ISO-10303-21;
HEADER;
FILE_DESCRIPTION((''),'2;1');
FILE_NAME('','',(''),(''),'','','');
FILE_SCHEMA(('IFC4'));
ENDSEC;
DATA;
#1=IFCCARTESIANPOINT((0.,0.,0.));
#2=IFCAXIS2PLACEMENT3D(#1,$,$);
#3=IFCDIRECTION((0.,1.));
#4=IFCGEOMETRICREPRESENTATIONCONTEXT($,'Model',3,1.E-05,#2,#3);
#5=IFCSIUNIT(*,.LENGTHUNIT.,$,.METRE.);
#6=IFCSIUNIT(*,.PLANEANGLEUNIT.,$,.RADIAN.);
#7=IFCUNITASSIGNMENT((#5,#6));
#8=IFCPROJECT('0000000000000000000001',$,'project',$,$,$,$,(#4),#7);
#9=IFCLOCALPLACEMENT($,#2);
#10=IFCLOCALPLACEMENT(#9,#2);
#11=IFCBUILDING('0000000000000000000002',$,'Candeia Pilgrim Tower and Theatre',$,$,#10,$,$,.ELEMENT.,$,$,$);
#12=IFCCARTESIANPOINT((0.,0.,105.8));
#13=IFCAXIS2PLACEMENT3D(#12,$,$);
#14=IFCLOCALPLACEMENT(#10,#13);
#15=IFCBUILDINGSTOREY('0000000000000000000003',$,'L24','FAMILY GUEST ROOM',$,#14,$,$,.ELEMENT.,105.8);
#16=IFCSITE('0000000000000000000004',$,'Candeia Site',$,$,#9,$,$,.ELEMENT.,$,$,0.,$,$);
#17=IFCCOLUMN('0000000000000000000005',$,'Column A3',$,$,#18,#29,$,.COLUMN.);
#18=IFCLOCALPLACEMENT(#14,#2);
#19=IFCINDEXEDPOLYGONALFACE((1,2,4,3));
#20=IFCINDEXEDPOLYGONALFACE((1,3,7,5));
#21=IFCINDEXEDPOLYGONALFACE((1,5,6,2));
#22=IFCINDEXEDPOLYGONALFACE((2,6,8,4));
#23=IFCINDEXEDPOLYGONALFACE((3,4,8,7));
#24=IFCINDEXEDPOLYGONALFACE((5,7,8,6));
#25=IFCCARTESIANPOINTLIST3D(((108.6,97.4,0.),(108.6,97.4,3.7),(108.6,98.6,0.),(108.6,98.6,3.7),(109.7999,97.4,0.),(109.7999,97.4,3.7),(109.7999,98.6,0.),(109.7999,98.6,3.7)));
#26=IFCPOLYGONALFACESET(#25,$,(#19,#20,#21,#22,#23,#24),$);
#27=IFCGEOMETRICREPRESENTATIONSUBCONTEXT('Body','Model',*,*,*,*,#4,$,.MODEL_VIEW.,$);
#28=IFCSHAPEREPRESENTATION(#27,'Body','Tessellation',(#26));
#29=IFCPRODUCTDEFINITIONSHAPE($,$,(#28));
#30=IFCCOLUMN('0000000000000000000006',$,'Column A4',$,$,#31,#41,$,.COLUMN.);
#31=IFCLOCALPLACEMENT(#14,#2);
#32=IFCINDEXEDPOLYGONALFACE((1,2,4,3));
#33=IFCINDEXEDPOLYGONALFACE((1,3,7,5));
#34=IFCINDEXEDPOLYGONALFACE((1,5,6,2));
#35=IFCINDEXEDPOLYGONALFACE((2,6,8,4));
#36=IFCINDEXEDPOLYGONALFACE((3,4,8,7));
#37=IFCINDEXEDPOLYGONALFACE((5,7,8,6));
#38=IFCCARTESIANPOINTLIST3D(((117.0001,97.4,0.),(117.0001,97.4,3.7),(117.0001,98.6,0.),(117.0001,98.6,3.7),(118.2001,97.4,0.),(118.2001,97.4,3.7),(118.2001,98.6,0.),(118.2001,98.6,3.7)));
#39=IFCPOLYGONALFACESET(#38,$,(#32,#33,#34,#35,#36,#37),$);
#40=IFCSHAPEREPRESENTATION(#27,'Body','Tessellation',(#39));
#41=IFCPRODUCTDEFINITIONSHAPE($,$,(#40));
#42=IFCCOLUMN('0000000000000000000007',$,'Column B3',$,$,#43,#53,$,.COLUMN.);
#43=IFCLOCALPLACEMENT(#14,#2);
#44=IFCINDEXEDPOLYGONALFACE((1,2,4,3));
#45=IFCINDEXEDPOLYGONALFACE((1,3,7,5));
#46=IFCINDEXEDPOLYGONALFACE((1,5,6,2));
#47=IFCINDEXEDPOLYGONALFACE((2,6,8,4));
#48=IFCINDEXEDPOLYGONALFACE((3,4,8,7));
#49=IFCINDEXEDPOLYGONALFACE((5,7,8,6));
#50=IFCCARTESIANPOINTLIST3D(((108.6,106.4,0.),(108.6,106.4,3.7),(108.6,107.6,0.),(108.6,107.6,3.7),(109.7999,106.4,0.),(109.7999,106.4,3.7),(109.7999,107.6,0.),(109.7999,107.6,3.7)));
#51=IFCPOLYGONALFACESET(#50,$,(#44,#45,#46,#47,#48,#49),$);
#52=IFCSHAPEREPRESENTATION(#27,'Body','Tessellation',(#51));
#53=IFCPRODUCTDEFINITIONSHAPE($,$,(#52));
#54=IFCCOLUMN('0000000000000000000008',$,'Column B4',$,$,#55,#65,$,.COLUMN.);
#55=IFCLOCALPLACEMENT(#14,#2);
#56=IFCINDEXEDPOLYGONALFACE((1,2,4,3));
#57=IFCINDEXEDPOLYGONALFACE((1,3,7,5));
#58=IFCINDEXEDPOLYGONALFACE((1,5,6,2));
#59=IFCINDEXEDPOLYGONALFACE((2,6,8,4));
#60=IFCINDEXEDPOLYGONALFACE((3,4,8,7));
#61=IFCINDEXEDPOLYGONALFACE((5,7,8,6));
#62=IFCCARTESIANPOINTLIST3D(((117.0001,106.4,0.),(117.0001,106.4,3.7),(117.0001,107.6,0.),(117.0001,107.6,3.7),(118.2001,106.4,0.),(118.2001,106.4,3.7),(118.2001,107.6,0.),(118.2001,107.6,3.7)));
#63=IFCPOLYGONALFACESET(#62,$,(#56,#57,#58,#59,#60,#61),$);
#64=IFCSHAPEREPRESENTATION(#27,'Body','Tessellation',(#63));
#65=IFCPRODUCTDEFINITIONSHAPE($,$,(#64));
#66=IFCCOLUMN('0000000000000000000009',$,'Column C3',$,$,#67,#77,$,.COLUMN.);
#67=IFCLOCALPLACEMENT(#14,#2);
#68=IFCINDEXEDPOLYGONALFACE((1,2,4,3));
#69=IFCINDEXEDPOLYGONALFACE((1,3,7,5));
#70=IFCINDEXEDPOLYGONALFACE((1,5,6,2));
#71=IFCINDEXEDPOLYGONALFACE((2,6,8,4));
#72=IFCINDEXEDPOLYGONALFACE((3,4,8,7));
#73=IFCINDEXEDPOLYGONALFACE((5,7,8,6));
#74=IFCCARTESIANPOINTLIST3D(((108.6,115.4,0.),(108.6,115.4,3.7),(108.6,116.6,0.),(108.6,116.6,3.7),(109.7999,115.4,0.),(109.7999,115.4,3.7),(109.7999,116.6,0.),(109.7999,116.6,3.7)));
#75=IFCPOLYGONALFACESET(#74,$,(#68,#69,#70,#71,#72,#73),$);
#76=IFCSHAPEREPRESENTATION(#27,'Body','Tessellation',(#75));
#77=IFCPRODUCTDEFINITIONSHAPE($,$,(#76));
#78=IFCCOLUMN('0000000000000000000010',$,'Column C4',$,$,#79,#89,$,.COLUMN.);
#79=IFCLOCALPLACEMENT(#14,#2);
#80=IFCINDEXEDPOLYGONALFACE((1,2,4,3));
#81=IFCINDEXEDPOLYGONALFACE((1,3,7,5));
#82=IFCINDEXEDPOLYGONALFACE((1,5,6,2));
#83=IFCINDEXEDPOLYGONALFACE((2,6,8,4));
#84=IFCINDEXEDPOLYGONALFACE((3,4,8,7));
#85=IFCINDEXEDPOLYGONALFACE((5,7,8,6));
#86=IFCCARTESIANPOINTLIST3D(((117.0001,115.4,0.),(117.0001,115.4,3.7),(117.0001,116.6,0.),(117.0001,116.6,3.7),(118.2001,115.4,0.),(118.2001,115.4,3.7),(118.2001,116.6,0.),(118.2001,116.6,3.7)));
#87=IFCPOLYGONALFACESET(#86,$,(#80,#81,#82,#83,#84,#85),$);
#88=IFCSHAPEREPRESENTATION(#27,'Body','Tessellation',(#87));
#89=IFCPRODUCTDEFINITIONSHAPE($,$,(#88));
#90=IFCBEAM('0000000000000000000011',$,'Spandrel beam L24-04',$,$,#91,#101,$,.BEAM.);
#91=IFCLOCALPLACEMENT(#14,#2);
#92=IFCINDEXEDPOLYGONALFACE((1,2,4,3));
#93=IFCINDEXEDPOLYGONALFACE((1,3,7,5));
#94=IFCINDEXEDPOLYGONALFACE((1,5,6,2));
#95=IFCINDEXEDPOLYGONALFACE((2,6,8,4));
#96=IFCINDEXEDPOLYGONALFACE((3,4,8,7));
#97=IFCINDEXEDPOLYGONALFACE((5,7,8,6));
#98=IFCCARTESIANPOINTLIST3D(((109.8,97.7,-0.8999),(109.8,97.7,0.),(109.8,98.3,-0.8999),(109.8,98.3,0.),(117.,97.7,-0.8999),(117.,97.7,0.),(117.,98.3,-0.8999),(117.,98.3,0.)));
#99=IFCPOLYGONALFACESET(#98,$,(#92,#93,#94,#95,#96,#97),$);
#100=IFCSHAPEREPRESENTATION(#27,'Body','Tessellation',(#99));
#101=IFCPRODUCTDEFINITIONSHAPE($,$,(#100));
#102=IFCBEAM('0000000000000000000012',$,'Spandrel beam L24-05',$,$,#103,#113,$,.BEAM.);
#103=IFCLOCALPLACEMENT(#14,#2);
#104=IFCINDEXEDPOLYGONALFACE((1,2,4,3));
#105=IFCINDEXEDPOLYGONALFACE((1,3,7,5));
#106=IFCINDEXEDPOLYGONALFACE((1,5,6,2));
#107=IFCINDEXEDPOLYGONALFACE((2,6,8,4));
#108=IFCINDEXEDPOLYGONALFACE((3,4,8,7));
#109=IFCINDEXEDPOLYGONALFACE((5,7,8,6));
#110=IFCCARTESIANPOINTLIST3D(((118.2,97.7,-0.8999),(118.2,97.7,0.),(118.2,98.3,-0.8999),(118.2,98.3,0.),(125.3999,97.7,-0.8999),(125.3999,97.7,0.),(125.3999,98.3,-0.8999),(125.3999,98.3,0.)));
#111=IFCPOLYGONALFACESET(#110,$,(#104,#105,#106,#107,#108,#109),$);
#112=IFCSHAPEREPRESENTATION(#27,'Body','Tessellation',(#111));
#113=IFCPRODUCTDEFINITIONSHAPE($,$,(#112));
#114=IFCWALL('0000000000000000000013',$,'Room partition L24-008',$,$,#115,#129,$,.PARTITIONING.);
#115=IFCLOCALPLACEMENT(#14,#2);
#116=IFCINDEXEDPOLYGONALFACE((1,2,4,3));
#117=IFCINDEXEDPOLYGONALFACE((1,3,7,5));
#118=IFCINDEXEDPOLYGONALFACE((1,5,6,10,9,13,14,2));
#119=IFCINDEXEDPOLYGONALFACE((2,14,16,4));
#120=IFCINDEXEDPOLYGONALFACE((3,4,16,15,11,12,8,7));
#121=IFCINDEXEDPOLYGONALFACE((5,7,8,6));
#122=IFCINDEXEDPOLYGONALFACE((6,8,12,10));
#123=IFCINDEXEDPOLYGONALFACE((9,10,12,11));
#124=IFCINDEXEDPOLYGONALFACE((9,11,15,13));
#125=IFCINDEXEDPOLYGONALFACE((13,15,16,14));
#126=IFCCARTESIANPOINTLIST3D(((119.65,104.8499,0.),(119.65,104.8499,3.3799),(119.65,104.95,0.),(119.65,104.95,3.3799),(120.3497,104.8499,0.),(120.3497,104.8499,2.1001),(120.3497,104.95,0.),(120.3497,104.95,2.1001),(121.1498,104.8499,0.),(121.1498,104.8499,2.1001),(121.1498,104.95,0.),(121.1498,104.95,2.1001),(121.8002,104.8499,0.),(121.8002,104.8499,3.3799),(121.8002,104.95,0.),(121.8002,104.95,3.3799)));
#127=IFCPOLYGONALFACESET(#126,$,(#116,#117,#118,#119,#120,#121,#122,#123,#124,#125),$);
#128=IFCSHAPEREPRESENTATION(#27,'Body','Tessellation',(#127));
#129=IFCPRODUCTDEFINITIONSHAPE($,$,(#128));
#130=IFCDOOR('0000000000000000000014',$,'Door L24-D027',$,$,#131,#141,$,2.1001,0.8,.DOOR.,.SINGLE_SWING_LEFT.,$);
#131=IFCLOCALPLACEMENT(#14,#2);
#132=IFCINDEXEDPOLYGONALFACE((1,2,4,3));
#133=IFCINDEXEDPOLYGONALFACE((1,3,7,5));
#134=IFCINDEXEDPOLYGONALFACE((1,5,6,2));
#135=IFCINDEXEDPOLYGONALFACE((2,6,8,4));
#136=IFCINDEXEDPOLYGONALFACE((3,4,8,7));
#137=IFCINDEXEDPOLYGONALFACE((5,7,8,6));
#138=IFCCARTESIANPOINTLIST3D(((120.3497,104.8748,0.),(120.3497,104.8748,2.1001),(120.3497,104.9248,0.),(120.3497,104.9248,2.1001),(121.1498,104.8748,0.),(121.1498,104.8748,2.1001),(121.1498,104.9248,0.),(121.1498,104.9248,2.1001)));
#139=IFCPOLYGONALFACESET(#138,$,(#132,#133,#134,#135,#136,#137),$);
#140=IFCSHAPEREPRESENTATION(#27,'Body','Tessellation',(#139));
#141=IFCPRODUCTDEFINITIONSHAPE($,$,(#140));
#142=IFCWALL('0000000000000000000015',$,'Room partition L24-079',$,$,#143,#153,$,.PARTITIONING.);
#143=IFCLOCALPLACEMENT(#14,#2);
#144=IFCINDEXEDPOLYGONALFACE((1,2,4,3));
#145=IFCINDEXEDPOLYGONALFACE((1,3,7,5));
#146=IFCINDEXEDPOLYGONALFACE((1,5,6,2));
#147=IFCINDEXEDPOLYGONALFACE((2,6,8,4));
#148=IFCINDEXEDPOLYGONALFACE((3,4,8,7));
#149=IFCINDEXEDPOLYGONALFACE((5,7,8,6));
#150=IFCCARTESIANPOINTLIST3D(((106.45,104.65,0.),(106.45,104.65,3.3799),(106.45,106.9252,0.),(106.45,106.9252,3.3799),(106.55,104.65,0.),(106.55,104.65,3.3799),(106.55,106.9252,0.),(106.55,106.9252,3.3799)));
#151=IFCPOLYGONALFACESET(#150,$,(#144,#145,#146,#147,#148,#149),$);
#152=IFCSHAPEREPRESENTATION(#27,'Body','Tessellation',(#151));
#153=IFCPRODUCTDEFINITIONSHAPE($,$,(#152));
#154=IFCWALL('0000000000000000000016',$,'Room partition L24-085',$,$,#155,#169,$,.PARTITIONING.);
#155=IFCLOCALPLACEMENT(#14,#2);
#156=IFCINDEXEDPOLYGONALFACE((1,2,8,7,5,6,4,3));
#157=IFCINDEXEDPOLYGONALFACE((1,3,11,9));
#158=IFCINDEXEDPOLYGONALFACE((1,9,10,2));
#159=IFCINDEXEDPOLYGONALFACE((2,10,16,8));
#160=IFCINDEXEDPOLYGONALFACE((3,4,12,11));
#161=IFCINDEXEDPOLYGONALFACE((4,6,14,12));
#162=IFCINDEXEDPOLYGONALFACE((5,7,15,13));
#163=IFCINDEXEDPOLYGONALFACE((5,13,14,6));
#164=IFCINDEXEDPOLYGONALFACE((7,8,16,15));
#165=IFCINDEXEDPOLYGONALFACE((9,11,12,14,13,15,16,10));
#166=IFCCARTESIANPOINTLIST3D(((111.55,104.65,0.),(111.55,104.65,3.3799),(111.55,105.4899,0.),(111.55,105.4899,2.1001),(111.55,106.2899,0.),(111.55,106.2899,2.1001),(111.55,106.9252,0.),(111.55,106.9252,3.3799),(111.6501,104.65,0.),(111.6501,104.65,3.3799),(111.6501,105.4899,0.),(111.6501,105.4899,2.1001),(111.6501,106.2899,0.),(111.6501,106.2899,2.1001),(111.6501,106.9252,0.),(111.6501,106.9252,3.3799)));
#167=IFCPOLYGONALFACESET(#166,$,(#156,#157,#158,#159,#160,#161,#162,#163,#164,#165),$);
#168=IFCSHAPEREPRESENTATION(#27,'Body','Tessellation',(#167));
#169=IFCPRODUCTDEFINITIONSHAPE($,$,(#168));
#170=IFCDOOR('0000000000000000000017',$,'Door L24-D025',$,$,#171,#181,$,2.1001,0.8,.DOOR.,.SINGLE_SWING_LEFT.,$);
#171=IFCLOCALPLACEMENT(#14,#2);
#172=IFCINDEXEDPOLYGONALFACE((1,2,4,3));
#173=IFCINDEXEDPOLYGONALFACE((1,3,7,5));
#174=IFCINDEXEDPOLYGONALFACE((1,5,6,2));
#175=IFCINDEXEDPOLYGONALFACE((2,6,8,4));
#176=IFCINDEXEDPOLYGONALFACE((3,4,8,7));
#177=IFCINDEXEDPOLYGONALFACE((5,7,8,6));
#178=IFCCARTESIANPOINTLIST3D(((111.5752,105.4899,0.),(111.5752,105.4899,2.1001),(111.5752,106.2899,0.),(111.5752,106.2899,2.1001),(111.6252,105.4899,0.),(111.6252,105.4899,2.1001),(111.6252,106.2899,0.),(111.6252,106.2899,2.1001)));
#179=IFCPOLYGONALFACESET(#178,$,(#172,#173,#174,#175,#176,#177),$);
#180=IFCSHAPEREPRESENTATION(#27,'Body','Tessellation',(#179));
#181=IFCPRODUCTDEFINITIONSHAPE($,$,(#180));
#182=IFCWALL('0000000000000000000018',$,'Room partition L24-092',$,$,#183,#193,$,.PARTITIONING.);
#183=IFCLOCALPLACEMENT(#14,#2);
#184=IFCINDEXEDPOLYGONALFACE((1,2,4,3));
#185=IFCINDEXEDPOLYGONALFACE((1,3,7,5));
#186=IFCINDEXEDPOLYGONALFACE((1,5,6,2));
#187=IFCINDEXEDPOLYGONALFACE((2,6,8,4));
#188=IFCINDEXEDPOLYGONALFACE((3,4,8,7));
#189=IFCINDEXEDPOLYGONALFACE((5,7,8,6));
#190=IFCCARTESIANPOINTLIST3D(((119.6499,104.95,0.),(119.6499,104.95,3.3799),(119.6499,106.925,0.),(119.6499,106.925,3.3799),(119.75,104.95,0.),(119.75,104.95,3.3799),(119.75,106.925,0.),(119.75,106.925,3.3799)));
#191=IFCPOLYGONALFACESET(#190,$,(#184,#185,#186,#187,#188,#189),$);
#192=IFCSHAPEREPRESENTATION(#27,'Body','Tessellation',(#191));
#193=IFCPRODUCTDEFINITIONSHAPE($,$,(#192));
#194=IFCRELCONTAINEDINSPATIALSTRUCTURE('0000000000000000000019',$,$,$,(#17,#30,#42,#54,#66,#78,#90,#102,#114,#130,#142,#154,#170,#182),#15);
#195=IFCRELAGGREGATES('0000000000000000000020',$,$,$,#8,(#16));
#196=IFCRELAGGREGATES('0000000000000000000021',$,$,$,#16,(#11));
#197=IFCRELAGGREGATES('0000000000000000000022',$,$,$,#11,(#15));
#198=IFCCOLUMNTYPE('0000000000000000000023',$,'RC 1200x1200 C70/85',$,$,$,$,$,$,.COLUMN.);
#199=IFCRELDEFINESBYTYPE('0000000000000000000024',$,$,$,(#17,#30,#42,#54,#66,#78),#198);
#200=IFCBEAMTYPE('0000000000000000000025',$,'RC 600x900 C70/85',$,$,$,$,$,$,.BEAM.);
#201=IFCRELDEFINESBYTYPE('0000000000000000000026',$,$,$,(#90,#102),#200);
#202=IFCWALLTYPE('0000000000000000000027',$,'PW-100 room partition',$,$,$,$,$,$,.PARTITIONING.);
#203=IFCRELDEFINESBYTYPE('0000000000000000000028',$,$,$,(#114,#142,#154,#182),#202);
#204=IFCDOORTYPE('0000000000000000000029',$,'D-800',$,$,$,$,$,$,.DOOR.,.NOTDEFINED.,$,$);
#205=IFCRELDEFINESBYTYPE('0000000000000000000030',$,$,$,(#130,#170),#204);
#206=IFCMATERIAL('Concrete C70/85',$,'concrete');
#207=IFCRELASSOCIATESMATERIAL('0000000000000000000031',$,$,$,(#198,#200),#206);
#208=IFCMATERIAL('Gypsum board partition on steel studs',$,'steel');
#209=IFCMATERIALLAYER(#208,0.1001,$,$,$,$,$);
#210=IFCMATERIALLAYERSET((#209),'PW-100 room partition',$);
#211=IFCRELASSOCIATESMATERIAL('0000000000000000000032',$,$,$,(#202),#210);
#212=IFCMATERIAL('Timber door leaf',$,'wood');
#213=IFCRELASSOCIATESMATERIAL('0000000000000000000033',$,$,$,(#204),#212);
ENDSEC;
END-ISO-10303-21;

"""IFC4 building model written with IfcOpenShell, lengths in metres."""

from ifc_helpers import new_model, si_unit, direction, frame, frame_2d, origin, origin_2d, place, context, subcontext, project, spatial, rectangle, extrude, material, layer, layer_set, material_profile, profile_set, type_object, element, fill, save


model = new_model("IFC4")

# Units and contexts
model_context = context("Model", 3, precision=1e-05, world=origin(), true_north=direction((0.0, 1.0)))
body_context = subcontext(model_context, "Body", "Model", "MODEL_VIEW")
ifc_project = project(units=[si_unit("LENGTHUNIT", "METRE"), si_unit("PLANEANGLEUNIT", "RADIAN")], contexts=[model_context])

# Site, building, storey
site_placement = place(None, origin())
site = spatial("IfcSite", under=ifc_project, at=site_placement, Name="Candeia Site", CompositionType="ELEMENT", RefElevation=0.0)
building_placement = place(site_placement, origin())
building = spatial("IfcBuilding", under=site, at=building_placement, Name="Candeia Pilgrim Tower and Theatre", CompositionType="ELEMENT")
storey_placement = place(building_placement, frame((0.0, 0.0, 105.8)))
storey = spatial("IfcBuildingStorey", under=building, at=storey_placement, Name="L24", Description="FAMILY GUEST ROOM", CompositionType="ELEMENT", Elevation=105.8)

# Columns
ifc_material_1 = material(Name="Concrete C70/85", Category="concrete")
ifc_material_profile_1 = material_profile(ifc_material_1, rectangle(XDim=1.2, YDim=1.2, at=origin_2d()))
ifc_profile_set_1 = profile_set([ifc_material_profile_1], Name="Concrete C70/85")
column_type = type_object("IfcColumnType", Name="RC 1200x1200 C70/85", PredefinedType="COLUMN", material=ifc_profile_set_1)
for number, where, z_axis, x_axis, name in (
    (1, (109.2, 98.0, 0.0), (0.0, 0.0, 1.0), (1.0, 0.0, 0.0), "Column A3"),
    (2, (117.6001, 98.0, 0.0), (0.0, 0.0, 1.0), (1.0, 0.0, 0.0), "Column A4"),
    (3, (109.2, 107.0, 0.0), (0.0, 0.0, 1.0), (1.0, 0.0, 0.0), "Column B3"),
    (4, (117.6001, 107.0, 0.0), (0.0, 0.0, 1.0), (1.0, 0.0, 0.0), "Column B4"),
    (5, (109.2, 116.0, 0.0), (0.0, 0.0, 1.0), (1.0, 0.0, 0.0), "Column C3"),
    (6, (117.6001, 116.0, 0.0), (0.0, 0.0, 1.0), (1.0, 0.0, 0.0), "Column C4"),
):
    element("IfcColumn", number, at=place(storey_placement, frame(where, z_axis=z_axis, x_axis=x_axis)), inside=storey, type_object=column_type, Name=name, PredefinedType="COLUMN", context=body_context, shape_type="SweptSolid", body=[
        extrude(rectangle(XDim=1.2, YDim=1.2, at=origin_2d()), origin(), (0.0, 0.0, 1.0), 3.7),
    ])

# Beams
ifc_material_profile_2 = material_profile(ifc_material_1, rectangle(XDim=0.6001, YDim=0.8999, at=origin_2d()))
ifc_profile_set_2 = profile_set([ifc_material_profile_2], Name="Concrete C70/85")
beam_type = type_object("IfcBeamType", Name="RC 600x900 C70/85", PredefinedType="BEAM", material=ifc_profile_set_2)
for number, where, z_axis, x_axis, name in (
    (7, (109.8, 98.0, -0.45), (1.0, 0.0, 0.0), (0.0, 1.0, 0.0), "Spandrel beam L24-04"),
    (8, (118.2, 98.0, -0.45), (1.0, 0.0, 0.0), (0.0, 1.0, 0.0), "Spandrel beam L24-05"),
):
    element("IfcBeam", number, at=place(storey_placement, frame(where, z_axis=z_axis, x_axis=x_axis)), inside=storey, type_object=beam_type, Name=name, PredefinedType="BEAM", context=body_context, shape_type="SweptSolid", body=[
        extrude(rectangle(XDim=0.6001, YDim=0.8999, at=origin_2d()), origin(), (0.0, 0.0, 1.0), 7.2),
    ])

# Wall, opening, door
ifc_material_2 = material(Name="Gypsum board partition on steel studs", Category="steel")
ifc_layer_1 = layer(ifc_material_2, 0.1001)
ifc_layer_set_1 = layer_set([ifc_layer_1], Name="PW-100 room partition")
wall_type_1 = type_object("IfcWallType", Name="PW-100 room partition", PredefinedType="PARTITIONING", material=ifc_layer_set_1)
wall_1_placement = place(storey_placement, frame((119.6499, 104.8999, 0.0), z_axis=(0.0, 0.0, 1.0), x_axis=(1.0, 0.0, 0.0)))
wall_1 = element("IfcWall", 9, at=wall_1_placement, inside=storey, type_object=wall_type_1, Name="Room partition L24-008", PredefinedType="PARTITIONING", context=body_context, shape_type="SweptSolid", body=[
    extrude(rectangle(XDim=2.1501, YDim=0.1001, at=frame_2d((1.0752, 0.0))), origin(), (0.0, 0.0, 1.0), 3.3799),
])
opening_1_placement = place(wall_1_placement, frame((0.7, 0.0, 0.0)))
opening_1 = element("IfcOpeningElement", 10, at=opening_1_placement, cuts=wall_1, PredefinedType="OPENING", context=body_context, shape_type="SweptSolid", body=[
    extrude(rectangle(XDim=0.8, YDim=2.1001, at=frame_2d((0.3999, 1.05))), frame((0.0, 0.0601, 0.0), z_axis=(0.0, -1.0, 0.0), x_axis=(1.0, 0.0, 0.0)), (0.0, 0.0, 1.0), 0.1201),
])
ifc_material_3 = material(Name="Timber door leaf", Category="wood")
door_type = type_object("IfcDoorType", Name="D-800", OperationType="NOTDEFINED", PredefinedType="DOOR", material=ifc_material_3)
door_1_placement = place(opening_1_placement, origin())
door_1 = element("IfcDoor", 11, at=door_1_placement, inside=storey, type_object=door_type, Name="Door L24-D027", OperationType="SINGLE_SWING_LEFT", OverallHeight=2.1001, OverallWidth=0.8, PredefinedType="DOOR", context=body_context, shape_type="SweptSolid", body=[
    extrude(rectangle(XDim=0.8, YDim=2.1001, at=frame_2d((0.3999, 1.05))), frame((0.0, 0.0249, 0.0), z_axis=(0.0, -1.0, 0.0), x_axis=(1.0, 0.0, 0.0)), (0.0, 0.0, 1.0), 0.05),
])
fill(opening_1, door_1)

# Wall
wall_2_placement = place(storey_placement, frame((106.5, 104.6499, 0.0), z_axis=(0.0, 0.0, 1.0), x_axis=(0.0, 1.0, 0.0)))
element("IfcWall", 12, at=wall_2_placement, inside=storey, type_object=wall_type_1, Name="Room partition L24-079", PredefinedType="PARTITIONING", context=body_context, shape_type="SweptSolid", body=[
    extrude(rectangle(XDim=2.2751, YDim=0.1001, at=frame_2d((1.1377, 0.0))), origin(), (0.0, 0.0, 1.0), 3.3799),
])

# Wall, opening, door
wall_3_placement = place(storey_placement, frame((111.6001, 104.6499, 0.0), z_axis=(0.0, 0.0, 1.0), x_axis=(0.0, 1.0, 0.0)))
wall_3 = element("IfcWall", 13, at=wall_3_placement, inside=storey, type_object=wall_type_1, Name="Room partition L24-085", PredefinedType="PARTITIONING", context=body_context, shape_type="SweptSolid", body=[
    extrude(rectangle(XDim=2.2751, YDim=0.1001, at=frame_2d((1.1377, 0.0))), origin(), (0.0, 0.0, 1.0), 3.3799),
])
opening_2_placement = place(wall_3_placement, frame((0.8401, 0.0, 0.0)))
opening_2 = element("IfcOpeningElement", 14, at=opening_2_placement, cuts=wall_3, PredefinedType="OPENING", context=body_context, shape_type="SweptSolid", body=[
    extrude(rectangle(XDim=0.8, YDim=2.1001, at=frame_2d((0.3999, 1.05))), frame((0.0, 0.0601, 0.0), z_axis=(0.0, -1.0, 0.0), x_axis=(1.0, 0.0, 0.0)), (0.0, 0.0, 1.0), 0.1201),
])
door_2_placement = place(opening_2_placement, origin())
door_2 = element("IfcDoor", 15, at=door_2_placement, inside=storey, type_object=door_type, Name="Door L24-D025", OperationType="SINGLE_SWING_LEFT", OverallHeight=2.1001, OverallWidth=0.8, PredefinedType="DOOR", context=body_context, shape_type="SweptSolid", body=[
    extrude(rectangle(XDim=0.8, YDim=2.1001, at=frame_2d((0.3999, 1.05))), frame((0.0, 0.0249, 0.0), z_axis=(0.0, -1.0, 0.0), x_axis=(1.0, 0.0, 0.0)), (0.0, 0.0, 1.0), 0.05),
])
fill(opening_2, door_2)

# Wall
wall_4_placement = place(storey_placement, frame((119.7, 104.95, 0.0), z_axis=(0.0, 0.0, 1.0), x_axis=(0.0, 1.0, 0.0)))
element("IfcWall", 16, at=wall_4_placement, inside=storey, type_object=wall_type_1, Name="Room partition L24-092", PredefinedType="PARTITIONING", context=body_context, shape_type="SweptSolid", body=[
    extrude(rectangle(XDim=1.9751, YDim=0.1001, at=frame_2d((0.9875, 0.0))), origin(), (0.0, 0.0, 1.0), 3.3799),
])

save(model, "model.ifc")
